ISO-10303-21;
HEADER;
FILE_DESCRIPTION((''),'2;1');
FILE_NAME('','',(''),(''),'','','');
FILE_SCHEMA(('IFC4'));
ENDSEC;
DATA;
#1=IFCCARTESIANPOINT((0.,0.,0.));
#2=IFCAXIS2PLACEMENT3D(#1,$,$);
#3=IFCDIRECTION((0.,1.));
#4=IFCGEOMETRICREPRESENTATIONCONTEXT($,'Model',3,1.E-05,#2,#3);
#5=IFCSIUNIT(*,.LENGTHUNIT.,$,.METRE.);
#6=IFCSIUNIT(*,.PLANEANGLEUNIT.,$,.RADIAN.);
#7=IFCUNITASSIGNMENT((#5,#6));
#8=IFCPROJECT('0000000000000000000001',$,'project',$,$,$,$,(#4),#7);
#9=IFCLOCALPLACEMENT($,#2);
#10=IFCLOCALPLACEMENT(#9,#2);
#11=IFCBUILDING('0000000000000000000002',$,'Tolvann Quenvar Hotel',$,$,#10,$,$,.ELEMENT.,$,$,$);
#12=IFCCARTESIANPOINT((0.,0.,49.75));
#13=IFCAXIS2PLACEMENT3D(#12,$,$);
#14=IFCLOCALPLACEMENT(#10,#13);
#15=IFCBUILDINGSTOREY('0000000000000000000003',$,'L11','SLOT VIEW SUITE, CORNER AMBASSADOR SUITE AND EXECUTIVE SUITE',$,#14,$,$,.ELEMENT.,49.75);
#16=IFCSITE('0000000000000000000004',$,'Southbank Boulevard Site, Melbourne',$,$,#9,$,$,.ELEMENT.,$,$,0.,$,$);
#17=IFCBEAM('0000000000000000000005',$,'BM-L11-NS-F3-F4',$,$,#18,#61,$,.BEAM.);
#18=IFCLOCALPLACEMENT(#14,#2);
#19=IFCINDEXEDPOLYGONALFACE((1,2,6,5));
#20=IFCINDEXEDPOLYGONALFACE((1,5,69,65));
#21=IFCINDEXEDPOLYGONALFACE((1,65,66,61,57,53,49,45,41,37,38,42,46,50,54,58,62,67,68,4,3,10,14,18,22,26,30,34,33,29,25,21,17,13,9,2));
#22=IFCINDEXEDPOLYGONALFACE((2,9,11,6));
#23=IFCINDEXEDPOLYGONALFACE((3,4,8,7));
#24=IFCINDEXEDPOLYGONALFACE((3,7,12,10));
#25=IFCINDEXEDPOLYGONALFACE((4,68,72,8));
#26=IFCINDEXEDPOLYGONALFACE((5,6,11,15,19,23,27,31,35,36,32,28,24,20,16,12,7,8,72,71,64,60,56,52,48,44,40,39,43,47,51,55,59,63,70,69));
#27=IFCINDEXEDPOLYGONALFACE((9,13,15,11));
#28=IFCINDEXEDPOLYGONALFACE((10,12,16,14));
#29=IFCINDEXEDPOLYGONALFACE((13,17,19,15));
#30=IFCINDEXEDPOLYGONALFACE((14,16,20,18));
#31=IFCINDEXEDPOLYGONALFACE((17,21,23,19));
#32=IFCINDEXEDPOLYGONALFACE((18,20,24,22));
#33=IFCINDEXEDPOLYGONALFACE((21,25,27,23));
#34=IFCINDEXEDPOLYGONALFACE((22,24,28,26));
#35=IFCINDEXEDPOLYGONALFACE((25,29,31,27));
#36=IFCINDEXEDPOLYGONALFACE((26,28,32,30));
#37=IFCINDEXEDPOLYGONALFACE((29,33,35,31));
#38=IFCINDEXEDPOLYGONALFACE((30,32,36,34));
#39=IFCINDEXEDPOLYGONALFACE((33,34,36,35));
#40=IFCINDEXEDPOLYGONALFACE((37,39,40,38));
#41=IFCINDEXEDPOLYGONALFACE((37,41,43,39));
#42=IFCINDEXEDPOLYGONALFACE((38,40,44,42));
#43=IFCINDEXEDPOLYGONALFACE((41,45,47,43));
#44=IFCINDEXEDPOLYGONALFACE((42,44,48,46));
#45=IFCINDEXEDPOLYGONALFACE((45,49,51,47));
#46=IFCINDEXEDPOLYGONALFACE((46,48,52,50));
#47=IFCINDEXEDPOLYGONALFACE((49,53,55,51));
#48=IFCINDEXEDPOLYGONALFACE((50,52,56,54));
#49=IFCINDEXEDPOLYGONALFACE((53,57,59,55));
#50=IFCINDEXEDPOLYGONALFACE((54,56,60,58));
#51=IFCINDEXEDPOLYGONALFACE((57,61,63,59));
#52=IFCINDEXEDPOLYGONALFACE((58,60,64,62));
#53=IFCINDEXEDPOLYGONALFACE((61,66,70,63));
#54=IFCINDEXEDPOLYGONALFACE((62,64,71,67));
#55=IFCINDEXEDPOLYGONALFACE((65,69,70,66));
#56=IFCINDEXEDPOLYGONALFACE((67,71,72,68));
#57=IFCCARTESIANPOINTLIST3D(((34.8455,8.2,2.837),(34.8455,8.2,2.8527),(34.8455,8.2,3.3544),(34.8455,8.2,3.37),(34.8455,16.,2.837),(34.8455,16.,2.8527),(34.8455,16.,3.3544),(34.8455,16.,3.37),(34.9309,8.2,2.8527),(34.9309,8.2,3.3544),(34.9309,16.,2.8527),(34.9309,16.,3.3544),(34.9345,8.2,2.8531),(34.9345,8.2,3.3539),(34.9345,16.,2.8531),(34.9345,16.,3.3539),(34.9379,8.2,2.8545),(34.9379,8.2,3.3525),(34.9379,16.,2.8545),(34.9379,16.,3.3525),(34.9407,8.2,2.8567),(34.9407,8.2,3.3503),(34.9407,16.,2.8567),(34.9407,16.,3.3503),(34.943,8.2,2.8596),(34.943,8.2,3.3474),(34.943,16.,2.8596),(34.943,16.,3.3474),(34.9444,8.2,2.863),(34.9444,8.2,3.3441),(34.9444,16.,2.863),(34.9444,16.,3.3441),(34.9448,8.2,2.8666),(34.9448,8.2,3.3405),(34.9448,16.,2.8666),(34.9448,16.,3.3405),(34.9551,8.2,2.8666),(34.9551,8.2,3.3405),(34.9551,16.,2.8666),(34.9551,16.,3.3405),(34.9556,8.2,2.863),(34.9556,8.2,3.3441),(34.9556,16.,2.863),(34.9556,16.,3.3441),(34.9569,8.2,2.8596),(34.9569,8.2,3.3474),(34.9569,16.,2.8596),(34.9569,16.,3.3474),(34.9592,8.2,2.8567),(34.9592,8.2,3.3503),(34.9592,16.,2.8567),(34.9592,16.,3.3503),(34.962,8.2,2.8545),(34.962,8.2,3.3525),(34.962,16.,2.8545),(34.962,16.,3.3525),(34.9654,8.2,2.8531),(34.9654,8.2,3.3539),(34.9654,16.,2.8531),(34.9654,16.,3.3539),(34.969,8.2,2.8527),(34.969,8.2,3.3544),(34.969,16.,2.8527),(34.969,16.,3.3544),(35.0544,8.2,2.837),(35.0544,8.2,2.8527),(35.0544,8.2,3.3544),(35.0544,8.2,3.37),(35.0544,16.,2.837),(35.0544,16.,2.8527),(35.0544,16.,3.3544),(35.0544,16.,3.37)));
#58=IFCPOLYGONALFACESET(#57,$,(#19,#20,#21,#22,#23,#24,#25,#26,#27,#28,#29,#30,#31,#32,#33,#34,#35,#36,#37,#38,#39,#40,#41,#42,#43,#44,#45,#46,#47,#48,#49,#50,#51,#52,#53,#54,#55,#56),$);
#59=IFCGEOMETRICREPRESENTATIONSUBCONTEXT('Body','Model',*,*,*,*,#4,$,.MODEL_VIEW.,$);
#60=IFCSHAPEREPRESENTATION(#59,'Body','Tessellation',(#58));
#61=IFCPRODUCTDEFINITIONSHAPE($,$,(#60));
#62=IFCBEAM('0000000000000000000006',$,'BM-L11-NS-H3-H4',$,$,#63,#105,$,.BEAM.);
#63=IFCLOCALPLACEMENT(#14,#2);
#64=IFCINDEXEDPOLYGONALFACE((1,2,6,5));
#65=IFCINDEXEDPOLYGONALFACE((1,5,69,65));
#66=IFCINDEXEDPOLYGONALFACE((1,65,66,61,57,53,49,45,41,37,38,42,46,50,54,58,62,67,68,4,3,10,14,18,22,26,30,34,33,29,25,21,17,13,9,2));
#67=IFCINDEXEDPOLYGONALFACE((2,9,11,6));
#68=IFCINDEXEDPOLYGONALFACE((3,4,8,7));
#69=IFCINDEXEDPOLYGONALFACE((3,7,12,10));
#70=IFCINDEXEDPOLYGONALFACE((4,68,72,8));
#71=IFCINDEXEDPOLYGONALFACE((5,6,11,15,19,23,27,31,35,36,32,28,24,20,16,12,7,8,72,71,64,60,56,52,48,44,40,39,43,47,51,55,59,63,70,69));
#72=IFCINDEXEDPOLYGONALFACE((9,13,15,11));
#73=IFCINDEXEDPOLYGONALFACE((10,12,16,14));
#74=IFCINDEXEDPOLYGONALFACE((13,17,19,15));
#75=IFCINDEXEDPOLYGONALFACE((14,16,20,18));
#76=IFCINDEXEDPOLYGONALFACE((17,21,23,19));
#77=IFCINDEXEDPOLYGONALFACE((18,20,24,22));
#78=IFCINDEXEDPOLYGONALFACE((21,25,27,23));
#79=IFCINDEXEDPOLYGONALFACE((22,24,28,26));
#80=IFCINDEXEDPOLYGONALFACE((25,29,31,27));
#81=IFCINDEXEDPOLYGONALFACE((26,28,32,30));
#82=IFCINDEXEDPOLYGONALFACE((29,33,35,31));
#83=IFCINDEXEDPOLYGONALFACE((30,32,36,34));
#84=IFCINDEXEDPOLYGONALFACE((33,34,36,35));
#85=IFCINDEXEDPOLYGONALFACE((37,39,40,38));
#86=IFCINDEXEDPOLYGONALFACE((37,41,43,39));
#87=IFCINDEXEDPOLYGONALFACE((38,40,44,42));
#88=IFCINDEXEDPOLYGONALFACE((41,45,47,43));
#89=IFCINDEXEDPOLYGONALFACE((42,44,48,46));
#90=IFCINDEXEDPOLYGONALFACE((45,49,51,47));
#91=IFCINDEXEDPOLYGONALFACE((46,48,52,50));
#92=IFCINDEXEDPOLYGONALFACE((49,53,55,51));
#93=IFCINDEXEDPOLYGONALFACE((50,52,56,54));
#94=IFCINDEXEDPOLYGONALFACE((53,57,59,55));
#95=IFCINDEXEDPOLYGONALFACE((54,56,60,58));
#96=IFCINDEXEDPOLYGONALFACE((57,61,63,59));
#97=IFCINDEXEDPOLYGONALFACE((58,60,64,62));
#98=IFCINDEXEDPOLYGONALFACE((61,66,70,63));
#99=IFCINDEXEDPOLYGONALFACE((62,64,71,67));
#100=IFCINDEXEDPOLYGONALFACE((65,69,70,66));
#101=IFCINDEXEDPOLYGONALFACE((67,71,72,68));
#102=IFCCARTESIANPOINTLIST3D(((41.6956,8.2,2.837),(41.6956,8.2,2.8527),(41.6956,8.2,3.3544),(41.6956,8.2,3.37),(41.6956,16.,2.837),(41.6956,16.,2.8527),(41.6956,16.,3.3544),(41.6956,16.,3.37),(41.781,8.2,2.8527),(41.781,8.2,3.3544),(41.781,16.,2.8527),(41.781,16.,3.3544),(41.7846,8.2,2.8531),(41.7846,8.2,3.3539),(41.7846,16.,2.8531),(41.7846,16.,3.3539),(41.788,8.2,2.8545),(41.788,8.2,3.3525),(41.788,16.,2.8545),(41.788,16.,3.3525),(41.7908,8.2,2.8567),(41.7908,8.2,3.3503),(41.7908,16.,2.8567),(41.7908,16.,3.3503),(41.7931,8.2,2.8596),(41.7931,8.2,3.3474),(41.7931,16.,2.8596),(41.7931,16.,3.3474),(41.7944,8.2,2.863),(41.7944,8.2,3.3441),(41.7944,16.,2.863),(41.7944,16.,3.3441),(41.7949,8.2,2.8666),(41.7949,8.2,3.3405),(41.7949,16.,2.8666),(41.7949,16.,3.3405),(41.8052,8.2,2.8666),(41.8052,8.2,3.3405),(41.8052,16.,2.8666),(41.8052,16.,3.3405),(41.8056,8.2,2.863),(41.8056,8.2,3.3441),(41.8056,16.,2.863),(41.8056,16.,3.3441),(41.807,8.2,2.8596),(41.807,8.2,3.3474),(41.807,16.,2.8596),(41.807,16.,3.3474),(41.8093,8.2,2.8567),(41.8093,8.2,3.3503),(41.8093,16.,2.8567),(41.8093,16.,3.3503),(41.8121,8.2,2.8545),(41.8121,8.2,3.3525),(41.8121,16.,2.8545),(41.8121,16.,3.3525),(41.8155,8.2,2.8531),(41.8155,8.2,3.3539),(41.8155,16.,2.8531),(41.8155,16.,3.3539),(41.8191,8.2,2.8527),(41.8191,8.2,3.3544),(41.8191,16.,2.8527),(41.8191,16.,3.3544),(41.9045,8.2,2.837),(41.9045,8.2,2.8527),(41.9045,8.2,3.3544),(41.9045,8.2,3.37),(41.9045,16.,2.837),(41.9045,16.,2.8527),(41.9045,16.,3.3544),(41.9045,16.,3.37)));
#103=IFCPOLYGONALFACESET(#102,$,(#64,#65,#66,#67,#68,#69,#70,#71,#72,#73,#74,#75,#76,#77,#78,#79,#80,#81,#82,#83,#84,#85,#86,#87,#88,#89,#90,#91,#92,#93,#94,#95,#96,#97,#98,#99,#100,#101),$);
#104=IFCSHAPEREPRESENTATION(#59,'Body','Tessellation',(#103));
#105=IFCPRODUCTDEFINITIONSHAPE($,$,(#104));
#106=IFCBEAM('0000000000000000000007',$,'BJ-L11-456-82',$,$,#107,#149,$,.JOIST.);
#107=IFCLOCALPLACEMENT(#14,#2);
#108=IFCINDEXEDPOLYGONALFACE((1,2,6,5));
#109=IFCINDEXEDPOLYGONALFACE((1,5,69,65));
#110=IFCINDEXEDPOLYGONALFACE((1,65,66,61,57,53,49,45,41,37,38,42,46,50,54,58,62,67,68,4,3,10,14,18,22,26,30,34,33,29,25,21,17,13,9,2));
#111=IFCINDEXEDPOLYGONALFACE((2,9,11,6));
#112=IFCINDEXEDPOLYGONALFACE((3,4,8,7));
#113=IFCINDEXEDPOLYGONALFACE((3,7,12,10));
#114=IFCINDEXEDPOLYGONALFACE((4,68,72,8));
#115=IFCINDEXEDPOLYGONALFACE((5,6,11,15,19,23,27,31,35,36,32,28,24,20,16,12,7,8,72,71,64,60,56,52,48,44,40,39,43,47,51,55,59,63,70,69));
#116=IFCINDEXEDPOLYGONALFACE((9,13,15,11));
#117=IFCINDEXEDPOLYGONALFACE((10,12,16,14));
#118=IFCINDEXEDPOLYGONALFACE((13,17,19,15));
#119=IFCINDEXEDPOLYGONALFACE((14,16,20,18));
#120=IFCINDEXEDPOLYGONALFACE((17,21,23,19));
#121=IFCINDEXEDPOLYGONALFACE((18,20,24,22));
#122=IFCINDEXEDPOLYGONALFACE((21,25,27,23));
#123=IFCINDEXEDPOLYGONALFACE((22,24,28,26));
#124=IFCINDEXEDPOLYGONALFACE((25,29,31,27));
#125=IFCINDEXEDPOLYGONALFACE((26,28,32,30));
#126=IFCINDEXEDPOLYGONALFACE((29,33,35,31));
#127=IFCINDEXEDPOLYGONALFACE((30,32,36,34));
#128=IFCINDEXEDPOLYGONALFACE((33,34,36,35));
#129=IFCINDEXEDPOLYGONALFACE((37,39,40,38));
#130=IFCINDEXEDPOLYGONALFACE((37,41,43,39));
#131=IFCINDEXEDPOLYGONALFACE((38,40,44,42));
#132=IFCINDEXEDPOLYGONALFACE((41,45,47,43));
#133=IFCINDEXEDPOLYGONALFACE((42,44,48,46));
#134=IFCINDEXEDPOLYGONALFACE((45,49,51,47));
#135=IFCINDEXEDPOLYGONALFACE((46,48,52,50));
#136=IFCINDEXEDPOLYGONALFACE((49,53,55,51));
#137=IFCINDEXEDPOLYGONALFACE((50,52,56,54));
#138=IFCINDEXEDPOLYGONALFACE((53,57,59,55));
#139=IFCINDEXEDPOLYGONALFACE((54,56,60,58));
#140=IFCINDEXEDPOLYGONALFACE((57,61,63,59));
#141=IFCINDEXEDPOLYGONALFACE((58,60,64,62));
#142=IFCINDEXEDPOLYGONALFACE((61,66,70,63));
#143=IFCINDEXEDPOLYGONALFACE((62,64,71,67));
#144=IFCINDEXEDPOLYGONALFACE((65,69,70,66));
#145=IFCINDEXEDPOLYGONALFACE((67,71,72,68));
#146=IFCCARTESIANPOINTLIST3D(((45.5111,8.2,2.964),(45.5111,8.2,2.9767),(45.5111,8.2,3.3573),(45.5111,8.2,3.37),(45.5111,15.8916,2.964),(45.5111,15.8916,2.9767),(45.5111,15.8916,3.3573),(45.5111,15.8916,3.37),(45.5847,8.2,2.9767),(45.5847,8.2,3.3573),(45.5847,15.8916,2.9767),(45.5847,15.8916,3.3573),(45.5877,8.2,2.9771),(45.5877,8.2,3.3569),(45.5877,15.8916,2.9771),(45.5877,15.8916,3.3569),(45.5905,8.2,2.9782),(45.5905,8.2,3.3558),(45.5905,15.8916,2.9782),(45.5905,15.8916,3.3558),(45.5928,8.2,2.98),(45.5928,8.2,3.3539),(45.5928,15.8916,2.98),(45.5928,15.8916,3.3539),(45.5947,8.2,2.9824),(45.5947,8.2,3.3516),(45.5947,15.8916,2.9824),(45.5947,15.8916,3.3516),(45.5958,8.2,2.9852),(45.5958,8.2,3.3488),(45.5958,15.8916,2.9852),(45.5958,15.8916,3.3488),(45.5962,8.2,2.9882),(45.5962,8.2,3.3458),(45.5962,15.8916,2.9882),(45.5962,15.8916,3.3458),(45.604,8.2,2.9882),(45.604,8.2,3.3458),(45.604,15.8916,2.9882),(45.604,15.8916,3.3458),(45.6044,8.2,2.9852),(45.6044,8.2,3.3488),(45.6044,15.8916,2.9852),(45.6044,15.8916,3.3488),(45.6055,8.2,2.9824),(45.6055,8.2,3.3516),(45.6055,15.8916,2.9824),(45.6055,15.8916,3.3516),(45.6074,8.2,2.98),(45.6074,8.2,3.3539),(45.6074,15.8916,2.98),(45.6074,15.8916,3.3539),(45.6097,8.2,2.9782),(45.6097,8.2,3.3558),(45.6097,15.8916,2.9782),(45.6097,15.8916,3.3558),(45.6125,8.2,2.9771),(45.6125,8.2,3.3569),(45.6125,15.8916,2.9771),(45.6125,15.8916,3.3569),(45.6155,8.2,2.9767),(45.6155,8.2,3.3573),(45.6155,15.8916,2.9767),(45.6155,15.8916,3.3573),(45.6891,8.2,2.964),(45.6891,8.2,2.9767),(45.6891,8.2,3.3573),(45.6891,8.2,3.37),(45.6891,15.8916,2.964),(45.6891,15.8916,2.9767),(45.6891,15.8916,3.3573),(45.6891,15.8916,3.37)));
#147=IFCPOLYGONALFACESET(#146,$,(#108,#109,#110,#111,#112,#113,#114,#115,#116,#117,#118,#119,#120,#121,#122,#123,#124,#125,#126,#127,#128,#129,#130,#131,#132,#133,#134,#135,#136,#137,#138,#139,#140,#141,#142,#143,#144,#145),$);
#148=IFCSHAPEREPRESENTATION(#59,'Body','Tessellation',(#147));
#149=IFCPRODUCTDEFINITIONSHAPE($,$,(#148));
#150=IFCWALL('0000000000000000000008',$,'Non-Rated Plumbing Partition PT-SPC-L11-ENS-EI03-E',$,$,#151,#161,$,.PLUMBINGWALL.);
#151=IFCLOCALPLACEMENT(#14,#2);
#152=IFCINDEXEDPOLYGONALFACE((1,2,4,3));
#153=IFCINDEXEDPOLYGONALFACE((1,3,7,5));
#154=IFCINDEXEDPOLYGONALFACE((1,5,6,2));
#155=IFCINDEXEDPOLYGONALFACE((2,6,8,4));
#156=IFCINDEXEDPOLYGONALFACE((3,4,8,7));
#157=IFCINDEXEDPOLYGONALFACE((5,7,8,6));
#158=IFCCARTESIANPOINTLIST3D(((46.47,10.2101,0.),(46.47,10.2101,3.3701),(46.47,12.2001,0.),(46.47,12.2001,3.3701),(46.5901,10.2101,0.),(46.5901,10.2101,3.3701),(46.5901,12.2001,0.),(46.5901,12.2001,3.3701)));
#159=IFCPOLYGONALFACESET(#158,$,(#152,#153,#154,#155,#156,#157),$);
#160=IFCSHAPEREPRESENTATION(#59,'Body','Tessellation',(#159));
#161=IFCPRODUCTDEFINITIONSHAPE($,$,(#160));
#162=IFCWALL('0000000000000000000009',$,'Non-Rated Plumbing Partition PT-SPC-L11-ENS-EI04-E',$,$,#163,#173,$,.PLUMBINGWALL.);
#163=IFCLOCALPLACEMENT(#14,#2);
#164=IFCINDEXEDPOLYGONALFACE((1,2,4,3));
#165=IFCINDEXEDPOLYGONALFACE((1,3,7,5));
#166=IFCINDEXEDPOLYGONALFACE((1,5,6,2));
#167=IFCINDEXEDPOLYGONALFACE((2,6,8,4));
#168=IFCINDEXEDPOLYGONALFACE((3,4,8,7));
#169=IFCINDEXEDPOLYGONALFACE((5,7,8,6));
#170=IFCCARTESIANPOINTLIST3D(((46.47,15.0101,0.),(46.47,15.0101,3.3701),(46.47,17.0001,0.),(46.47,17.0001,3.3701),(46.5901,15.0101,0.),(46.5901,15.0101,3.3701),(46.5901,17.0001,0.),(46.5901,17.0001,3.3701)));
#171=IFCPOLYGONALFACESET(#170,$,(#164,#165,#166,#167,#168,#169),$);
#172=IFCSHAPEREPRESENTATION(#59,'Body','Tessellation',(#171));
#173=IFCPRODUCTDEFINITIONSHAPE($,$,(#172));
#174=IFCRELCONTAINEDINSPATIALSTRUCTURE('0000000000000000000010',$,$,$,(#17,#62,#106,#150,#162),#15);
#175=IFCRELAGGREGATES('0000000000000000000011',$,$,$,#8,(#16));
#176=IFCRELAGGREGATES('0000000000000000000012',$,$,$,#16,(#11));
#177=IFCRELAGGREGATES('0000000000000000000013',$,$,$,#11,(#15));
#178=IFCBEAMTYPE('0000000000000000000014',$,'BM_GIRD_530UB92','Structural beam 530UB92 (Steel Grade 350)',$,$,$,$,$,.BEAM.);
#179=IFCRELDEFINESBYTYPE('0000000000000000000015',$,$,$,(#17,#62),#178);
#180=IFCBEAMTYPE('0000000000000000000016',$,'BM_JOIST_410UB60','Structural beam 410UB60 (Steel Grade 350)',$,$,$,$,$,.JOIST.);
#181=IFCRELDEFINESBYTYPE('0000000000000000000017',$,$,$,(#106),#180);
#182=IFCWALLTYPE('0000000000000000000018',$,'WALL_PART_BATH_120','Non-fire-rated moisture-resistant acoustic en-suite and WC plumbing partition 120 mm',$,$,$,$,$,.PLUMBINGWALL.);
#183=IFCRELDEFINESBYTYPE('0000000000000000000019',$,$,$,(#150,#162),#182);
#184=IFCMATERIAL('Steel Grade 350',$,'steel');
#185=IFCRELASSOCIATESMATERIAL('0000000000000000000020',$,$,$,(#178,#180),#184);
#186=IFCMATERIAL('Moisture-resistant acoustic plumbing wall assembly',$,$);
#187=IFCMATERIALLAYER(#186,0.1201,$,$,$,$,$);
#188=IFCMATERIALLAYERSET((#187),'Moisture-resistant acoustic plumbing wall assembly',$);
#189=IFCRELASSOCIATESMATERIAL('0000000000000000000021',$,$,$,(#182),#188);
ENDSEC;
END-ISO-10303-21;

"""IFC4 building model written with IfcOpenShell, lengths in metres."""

from ifc_helpers import new_model, si_unit, direction, frame, frame_2d, origin, origin_2d, place, context, subcontext, project, spatial, rectangle, i_section, extrude, source, transform, mapped, material, layer, layer_set, material_profile, profile_set, type_object, type_shapes, element, save


model = new_model("IFC4")

# Units and contexts
model_context = context("Model", 3, precision=1e-05, world=origin(), true_north=direction((0.0, 1.0)))
body_context = subcontext(model_context, "Body", "Model", "MODEL_VIEW")
ifc_project = project(units=[si_unit("LENGTHUNIT", "METRE"), si_unit("PLANEANGLEUNIT", "RADIAN")], contexts=[model_context])

# Site, building, storey
site_placement = place(None, origin())
site = spatial("IfcSite", under=ifc_project, at=site_placement, Name="Southbank Boulevard Site, Melbourne", CompositionType="ELEMENT", RefElevation=0.0)
building_placement = place(site_placement, origin())
building = spatial("IfcBuilding", under=site, at=building_placement, Name="Tolvann Quenvar Hotel", CompositionType="ELEMENT")
storey_placement = place(building_placement, frame((0.0, 0.0, 49.75)))
storey = spatial("IfcBuildingStorey", under=building, at=storey_placement, Name="L11", Description="SLOT VIEW SUITE, CORNER AMBASSADOR SUITE AND EXECUTIVE SUITE", CompositionType="ELEMENT", Elevation=49.75)

# Shared definitions
ifc_material_1 = material(Name="Steel Grade 350", Category="steel")

# Beams
ifc_material_profile_1 = material_profile(ifc_material_1, i_section(OverallWidth=0.209, OverallDepth=0.533, WebThickness=0.0103, FlangeThickness=0.0156, FilletRadius=0.0139, at=origin_2d()), Name="530UB92")
ifc_profile_set_1 = profile_set([ifc_material_profile_1], Name="Steel Grade 350")
beam_type_1 = type_object("IfcBeamType", Name="BM_GIRD_530UB92", Description="Structural beam 530UB92 (Steel Grade 350)", PredefinedType="BEAM", material=ifc_profile_set_1)
shared_shape_1 = source(origin(), body_context, "Body", "SweptSolid", [
    extrude(i_section(OverallWidth=0.209, OverallDepth=0.533, WebThickness=0.0103, FlangeThickness=0.0156, FilletRadius=0.0139, at=origin_2d()), origin(), (0.0, 0.0, 1.0), 7.8),
])
type_shapes(beam_type_1, [shared_shape_1])
for number, where, z_axis, x_axis, name in (
    (1, (34.95, 8.2, 3.1035), (0.0, 1.0, 0.0), (-1.0, 0.0, 0.0), "BM-L11-NS-F3-F4"),
    (2, (41.8, 8.2, 3.1035), (0.0, 1.0, 0.0), (-1.0, 0.0, 0.0), "BM-L11-NS-H3-H4"),
):
    element("IfcBeam", number, at=place(storey_placement, frame(where, z_axis=z_axis, x_axis=x_axis)), inside=storey, type_object=beam_type_1, Name=name, PredefinedType="BEAM", context=body_context, shape_type="MappedRepresentation", body=[
        mapped(shared_shape_1, transform((0.0, 0.0, 0.0), x_axis=(1.0, 0.0, 0.0), y_axis=(0.0, 1.0, 0.0), z_axis=(0.0, 0.0, 1.0), scale=1.0)),
    ])
ifc_material_profile_2 = material_profile(ifc_material_1, i_section(OverallWidth=0.178, OverallDepth=0.406, WebThickness=0.0078, FlangeThickness=0.0127, FilletRadius=0.0115, at=origin_2d()), Name="410UB60")
ifc_profile_set_2 = profile_set([ifc_material_profile_2], Name="Steel Grade 350")
beam_type_2 = type_object("IfcBeamType", Name="BM_JOIST_410UB60", Description="Structural beam 410UB60 (Steel Grade 350)", PredefinedType="JOIST", material=ifc_profile_set_2)
shared_shape_2 = source(origin(), body_context, "Body", "SweptSolid", [
    extrude(i_section(OverallWidth=0.178, OverallDepth=0.406, WebThickness=0.0078, FlangeThickness=0.0127, FilletRadius=0.0115, at=origin_2d()), origin(), (0.0, 0.0, 1.0), 7.6917),
])
type_shapes(beam_type_2, [shared_shape_2])
beam_1_placement = place(storey_placement, frame((45.6001, 8.2, 3.167), z_axis=(0.0, 1.0, 0.0), x_axis=(-1.0, 0.0, 0.0)))
element("IfcBeam", 3, at=beam_1_placement, inside=storey, type_object=beam_type_2, Name="BJ-L11-456-82", PredefinedType="JOIST", context=body_context, shape_type="MappedRepresentation", body=[
    mapped(shared_shape_2, transform((0.0, 0.0, 0.0), x_axis=(1.0, 0.0, 0.0), y_axis=(0.0, 1.0, 0.0), z_axis=(0.0, 0.0, 1.0), scale=1.0)),
])

# Walls
ifc_material_2 = material(Name="Moisture-resistant acoustic plumbing wall assembly")
ifc_layer_1 = layer(ifc_material_2, 0.1201)
ifc_layer_set_1 = layer_set([ifc_layer_1], Name="Moisture-resistant acoustic plumbing wall assembly")
wall_type_1 = type_object("IfcWallType", Name="WALL_PART_BATH_120", Description="Non-fire-rated moisture-resistant acoustic en-suite and WC plumbing partition 120 mm", PredefinedType="PLUMBINGWALL", material=ifc_layer_set_1)
for number, where, z_axis, x_axis, name in (
    (4, (46.53, 10.21, 0.0), (0.0, 0.0, 1.0), (0.0, 1.0, 0.0), "Non-Rated Plumbing Partition PT-SPC-L11-ENS-EI03-E"),
    (5, (46.53, 15.01, 0.0), (0.0, 0.0, 1.0), (0.0, 1.0, 0.0), "Non-Rated Plumbing Partition PT-SPC-L11-ENS-EI04-E"),
):
    element("IfcWall", number, at=place(storey_placement, frame(where, z_axis=z_axis, x_axis=x_axis)), inside=storey, type_object=wall_type_1, Name=name, PredefinedType="PLUMBINGWALL", context=body_context, shape_type="SweptSolid", body=[
        extrude(rectangle(XDim=1.99, YDim=0.1201, at=frame_2d((0.9951, 0.0))), origin(), (0.0, 0.0, 1.0), 3.3701),
    ])

save(model, "model.ifc")
